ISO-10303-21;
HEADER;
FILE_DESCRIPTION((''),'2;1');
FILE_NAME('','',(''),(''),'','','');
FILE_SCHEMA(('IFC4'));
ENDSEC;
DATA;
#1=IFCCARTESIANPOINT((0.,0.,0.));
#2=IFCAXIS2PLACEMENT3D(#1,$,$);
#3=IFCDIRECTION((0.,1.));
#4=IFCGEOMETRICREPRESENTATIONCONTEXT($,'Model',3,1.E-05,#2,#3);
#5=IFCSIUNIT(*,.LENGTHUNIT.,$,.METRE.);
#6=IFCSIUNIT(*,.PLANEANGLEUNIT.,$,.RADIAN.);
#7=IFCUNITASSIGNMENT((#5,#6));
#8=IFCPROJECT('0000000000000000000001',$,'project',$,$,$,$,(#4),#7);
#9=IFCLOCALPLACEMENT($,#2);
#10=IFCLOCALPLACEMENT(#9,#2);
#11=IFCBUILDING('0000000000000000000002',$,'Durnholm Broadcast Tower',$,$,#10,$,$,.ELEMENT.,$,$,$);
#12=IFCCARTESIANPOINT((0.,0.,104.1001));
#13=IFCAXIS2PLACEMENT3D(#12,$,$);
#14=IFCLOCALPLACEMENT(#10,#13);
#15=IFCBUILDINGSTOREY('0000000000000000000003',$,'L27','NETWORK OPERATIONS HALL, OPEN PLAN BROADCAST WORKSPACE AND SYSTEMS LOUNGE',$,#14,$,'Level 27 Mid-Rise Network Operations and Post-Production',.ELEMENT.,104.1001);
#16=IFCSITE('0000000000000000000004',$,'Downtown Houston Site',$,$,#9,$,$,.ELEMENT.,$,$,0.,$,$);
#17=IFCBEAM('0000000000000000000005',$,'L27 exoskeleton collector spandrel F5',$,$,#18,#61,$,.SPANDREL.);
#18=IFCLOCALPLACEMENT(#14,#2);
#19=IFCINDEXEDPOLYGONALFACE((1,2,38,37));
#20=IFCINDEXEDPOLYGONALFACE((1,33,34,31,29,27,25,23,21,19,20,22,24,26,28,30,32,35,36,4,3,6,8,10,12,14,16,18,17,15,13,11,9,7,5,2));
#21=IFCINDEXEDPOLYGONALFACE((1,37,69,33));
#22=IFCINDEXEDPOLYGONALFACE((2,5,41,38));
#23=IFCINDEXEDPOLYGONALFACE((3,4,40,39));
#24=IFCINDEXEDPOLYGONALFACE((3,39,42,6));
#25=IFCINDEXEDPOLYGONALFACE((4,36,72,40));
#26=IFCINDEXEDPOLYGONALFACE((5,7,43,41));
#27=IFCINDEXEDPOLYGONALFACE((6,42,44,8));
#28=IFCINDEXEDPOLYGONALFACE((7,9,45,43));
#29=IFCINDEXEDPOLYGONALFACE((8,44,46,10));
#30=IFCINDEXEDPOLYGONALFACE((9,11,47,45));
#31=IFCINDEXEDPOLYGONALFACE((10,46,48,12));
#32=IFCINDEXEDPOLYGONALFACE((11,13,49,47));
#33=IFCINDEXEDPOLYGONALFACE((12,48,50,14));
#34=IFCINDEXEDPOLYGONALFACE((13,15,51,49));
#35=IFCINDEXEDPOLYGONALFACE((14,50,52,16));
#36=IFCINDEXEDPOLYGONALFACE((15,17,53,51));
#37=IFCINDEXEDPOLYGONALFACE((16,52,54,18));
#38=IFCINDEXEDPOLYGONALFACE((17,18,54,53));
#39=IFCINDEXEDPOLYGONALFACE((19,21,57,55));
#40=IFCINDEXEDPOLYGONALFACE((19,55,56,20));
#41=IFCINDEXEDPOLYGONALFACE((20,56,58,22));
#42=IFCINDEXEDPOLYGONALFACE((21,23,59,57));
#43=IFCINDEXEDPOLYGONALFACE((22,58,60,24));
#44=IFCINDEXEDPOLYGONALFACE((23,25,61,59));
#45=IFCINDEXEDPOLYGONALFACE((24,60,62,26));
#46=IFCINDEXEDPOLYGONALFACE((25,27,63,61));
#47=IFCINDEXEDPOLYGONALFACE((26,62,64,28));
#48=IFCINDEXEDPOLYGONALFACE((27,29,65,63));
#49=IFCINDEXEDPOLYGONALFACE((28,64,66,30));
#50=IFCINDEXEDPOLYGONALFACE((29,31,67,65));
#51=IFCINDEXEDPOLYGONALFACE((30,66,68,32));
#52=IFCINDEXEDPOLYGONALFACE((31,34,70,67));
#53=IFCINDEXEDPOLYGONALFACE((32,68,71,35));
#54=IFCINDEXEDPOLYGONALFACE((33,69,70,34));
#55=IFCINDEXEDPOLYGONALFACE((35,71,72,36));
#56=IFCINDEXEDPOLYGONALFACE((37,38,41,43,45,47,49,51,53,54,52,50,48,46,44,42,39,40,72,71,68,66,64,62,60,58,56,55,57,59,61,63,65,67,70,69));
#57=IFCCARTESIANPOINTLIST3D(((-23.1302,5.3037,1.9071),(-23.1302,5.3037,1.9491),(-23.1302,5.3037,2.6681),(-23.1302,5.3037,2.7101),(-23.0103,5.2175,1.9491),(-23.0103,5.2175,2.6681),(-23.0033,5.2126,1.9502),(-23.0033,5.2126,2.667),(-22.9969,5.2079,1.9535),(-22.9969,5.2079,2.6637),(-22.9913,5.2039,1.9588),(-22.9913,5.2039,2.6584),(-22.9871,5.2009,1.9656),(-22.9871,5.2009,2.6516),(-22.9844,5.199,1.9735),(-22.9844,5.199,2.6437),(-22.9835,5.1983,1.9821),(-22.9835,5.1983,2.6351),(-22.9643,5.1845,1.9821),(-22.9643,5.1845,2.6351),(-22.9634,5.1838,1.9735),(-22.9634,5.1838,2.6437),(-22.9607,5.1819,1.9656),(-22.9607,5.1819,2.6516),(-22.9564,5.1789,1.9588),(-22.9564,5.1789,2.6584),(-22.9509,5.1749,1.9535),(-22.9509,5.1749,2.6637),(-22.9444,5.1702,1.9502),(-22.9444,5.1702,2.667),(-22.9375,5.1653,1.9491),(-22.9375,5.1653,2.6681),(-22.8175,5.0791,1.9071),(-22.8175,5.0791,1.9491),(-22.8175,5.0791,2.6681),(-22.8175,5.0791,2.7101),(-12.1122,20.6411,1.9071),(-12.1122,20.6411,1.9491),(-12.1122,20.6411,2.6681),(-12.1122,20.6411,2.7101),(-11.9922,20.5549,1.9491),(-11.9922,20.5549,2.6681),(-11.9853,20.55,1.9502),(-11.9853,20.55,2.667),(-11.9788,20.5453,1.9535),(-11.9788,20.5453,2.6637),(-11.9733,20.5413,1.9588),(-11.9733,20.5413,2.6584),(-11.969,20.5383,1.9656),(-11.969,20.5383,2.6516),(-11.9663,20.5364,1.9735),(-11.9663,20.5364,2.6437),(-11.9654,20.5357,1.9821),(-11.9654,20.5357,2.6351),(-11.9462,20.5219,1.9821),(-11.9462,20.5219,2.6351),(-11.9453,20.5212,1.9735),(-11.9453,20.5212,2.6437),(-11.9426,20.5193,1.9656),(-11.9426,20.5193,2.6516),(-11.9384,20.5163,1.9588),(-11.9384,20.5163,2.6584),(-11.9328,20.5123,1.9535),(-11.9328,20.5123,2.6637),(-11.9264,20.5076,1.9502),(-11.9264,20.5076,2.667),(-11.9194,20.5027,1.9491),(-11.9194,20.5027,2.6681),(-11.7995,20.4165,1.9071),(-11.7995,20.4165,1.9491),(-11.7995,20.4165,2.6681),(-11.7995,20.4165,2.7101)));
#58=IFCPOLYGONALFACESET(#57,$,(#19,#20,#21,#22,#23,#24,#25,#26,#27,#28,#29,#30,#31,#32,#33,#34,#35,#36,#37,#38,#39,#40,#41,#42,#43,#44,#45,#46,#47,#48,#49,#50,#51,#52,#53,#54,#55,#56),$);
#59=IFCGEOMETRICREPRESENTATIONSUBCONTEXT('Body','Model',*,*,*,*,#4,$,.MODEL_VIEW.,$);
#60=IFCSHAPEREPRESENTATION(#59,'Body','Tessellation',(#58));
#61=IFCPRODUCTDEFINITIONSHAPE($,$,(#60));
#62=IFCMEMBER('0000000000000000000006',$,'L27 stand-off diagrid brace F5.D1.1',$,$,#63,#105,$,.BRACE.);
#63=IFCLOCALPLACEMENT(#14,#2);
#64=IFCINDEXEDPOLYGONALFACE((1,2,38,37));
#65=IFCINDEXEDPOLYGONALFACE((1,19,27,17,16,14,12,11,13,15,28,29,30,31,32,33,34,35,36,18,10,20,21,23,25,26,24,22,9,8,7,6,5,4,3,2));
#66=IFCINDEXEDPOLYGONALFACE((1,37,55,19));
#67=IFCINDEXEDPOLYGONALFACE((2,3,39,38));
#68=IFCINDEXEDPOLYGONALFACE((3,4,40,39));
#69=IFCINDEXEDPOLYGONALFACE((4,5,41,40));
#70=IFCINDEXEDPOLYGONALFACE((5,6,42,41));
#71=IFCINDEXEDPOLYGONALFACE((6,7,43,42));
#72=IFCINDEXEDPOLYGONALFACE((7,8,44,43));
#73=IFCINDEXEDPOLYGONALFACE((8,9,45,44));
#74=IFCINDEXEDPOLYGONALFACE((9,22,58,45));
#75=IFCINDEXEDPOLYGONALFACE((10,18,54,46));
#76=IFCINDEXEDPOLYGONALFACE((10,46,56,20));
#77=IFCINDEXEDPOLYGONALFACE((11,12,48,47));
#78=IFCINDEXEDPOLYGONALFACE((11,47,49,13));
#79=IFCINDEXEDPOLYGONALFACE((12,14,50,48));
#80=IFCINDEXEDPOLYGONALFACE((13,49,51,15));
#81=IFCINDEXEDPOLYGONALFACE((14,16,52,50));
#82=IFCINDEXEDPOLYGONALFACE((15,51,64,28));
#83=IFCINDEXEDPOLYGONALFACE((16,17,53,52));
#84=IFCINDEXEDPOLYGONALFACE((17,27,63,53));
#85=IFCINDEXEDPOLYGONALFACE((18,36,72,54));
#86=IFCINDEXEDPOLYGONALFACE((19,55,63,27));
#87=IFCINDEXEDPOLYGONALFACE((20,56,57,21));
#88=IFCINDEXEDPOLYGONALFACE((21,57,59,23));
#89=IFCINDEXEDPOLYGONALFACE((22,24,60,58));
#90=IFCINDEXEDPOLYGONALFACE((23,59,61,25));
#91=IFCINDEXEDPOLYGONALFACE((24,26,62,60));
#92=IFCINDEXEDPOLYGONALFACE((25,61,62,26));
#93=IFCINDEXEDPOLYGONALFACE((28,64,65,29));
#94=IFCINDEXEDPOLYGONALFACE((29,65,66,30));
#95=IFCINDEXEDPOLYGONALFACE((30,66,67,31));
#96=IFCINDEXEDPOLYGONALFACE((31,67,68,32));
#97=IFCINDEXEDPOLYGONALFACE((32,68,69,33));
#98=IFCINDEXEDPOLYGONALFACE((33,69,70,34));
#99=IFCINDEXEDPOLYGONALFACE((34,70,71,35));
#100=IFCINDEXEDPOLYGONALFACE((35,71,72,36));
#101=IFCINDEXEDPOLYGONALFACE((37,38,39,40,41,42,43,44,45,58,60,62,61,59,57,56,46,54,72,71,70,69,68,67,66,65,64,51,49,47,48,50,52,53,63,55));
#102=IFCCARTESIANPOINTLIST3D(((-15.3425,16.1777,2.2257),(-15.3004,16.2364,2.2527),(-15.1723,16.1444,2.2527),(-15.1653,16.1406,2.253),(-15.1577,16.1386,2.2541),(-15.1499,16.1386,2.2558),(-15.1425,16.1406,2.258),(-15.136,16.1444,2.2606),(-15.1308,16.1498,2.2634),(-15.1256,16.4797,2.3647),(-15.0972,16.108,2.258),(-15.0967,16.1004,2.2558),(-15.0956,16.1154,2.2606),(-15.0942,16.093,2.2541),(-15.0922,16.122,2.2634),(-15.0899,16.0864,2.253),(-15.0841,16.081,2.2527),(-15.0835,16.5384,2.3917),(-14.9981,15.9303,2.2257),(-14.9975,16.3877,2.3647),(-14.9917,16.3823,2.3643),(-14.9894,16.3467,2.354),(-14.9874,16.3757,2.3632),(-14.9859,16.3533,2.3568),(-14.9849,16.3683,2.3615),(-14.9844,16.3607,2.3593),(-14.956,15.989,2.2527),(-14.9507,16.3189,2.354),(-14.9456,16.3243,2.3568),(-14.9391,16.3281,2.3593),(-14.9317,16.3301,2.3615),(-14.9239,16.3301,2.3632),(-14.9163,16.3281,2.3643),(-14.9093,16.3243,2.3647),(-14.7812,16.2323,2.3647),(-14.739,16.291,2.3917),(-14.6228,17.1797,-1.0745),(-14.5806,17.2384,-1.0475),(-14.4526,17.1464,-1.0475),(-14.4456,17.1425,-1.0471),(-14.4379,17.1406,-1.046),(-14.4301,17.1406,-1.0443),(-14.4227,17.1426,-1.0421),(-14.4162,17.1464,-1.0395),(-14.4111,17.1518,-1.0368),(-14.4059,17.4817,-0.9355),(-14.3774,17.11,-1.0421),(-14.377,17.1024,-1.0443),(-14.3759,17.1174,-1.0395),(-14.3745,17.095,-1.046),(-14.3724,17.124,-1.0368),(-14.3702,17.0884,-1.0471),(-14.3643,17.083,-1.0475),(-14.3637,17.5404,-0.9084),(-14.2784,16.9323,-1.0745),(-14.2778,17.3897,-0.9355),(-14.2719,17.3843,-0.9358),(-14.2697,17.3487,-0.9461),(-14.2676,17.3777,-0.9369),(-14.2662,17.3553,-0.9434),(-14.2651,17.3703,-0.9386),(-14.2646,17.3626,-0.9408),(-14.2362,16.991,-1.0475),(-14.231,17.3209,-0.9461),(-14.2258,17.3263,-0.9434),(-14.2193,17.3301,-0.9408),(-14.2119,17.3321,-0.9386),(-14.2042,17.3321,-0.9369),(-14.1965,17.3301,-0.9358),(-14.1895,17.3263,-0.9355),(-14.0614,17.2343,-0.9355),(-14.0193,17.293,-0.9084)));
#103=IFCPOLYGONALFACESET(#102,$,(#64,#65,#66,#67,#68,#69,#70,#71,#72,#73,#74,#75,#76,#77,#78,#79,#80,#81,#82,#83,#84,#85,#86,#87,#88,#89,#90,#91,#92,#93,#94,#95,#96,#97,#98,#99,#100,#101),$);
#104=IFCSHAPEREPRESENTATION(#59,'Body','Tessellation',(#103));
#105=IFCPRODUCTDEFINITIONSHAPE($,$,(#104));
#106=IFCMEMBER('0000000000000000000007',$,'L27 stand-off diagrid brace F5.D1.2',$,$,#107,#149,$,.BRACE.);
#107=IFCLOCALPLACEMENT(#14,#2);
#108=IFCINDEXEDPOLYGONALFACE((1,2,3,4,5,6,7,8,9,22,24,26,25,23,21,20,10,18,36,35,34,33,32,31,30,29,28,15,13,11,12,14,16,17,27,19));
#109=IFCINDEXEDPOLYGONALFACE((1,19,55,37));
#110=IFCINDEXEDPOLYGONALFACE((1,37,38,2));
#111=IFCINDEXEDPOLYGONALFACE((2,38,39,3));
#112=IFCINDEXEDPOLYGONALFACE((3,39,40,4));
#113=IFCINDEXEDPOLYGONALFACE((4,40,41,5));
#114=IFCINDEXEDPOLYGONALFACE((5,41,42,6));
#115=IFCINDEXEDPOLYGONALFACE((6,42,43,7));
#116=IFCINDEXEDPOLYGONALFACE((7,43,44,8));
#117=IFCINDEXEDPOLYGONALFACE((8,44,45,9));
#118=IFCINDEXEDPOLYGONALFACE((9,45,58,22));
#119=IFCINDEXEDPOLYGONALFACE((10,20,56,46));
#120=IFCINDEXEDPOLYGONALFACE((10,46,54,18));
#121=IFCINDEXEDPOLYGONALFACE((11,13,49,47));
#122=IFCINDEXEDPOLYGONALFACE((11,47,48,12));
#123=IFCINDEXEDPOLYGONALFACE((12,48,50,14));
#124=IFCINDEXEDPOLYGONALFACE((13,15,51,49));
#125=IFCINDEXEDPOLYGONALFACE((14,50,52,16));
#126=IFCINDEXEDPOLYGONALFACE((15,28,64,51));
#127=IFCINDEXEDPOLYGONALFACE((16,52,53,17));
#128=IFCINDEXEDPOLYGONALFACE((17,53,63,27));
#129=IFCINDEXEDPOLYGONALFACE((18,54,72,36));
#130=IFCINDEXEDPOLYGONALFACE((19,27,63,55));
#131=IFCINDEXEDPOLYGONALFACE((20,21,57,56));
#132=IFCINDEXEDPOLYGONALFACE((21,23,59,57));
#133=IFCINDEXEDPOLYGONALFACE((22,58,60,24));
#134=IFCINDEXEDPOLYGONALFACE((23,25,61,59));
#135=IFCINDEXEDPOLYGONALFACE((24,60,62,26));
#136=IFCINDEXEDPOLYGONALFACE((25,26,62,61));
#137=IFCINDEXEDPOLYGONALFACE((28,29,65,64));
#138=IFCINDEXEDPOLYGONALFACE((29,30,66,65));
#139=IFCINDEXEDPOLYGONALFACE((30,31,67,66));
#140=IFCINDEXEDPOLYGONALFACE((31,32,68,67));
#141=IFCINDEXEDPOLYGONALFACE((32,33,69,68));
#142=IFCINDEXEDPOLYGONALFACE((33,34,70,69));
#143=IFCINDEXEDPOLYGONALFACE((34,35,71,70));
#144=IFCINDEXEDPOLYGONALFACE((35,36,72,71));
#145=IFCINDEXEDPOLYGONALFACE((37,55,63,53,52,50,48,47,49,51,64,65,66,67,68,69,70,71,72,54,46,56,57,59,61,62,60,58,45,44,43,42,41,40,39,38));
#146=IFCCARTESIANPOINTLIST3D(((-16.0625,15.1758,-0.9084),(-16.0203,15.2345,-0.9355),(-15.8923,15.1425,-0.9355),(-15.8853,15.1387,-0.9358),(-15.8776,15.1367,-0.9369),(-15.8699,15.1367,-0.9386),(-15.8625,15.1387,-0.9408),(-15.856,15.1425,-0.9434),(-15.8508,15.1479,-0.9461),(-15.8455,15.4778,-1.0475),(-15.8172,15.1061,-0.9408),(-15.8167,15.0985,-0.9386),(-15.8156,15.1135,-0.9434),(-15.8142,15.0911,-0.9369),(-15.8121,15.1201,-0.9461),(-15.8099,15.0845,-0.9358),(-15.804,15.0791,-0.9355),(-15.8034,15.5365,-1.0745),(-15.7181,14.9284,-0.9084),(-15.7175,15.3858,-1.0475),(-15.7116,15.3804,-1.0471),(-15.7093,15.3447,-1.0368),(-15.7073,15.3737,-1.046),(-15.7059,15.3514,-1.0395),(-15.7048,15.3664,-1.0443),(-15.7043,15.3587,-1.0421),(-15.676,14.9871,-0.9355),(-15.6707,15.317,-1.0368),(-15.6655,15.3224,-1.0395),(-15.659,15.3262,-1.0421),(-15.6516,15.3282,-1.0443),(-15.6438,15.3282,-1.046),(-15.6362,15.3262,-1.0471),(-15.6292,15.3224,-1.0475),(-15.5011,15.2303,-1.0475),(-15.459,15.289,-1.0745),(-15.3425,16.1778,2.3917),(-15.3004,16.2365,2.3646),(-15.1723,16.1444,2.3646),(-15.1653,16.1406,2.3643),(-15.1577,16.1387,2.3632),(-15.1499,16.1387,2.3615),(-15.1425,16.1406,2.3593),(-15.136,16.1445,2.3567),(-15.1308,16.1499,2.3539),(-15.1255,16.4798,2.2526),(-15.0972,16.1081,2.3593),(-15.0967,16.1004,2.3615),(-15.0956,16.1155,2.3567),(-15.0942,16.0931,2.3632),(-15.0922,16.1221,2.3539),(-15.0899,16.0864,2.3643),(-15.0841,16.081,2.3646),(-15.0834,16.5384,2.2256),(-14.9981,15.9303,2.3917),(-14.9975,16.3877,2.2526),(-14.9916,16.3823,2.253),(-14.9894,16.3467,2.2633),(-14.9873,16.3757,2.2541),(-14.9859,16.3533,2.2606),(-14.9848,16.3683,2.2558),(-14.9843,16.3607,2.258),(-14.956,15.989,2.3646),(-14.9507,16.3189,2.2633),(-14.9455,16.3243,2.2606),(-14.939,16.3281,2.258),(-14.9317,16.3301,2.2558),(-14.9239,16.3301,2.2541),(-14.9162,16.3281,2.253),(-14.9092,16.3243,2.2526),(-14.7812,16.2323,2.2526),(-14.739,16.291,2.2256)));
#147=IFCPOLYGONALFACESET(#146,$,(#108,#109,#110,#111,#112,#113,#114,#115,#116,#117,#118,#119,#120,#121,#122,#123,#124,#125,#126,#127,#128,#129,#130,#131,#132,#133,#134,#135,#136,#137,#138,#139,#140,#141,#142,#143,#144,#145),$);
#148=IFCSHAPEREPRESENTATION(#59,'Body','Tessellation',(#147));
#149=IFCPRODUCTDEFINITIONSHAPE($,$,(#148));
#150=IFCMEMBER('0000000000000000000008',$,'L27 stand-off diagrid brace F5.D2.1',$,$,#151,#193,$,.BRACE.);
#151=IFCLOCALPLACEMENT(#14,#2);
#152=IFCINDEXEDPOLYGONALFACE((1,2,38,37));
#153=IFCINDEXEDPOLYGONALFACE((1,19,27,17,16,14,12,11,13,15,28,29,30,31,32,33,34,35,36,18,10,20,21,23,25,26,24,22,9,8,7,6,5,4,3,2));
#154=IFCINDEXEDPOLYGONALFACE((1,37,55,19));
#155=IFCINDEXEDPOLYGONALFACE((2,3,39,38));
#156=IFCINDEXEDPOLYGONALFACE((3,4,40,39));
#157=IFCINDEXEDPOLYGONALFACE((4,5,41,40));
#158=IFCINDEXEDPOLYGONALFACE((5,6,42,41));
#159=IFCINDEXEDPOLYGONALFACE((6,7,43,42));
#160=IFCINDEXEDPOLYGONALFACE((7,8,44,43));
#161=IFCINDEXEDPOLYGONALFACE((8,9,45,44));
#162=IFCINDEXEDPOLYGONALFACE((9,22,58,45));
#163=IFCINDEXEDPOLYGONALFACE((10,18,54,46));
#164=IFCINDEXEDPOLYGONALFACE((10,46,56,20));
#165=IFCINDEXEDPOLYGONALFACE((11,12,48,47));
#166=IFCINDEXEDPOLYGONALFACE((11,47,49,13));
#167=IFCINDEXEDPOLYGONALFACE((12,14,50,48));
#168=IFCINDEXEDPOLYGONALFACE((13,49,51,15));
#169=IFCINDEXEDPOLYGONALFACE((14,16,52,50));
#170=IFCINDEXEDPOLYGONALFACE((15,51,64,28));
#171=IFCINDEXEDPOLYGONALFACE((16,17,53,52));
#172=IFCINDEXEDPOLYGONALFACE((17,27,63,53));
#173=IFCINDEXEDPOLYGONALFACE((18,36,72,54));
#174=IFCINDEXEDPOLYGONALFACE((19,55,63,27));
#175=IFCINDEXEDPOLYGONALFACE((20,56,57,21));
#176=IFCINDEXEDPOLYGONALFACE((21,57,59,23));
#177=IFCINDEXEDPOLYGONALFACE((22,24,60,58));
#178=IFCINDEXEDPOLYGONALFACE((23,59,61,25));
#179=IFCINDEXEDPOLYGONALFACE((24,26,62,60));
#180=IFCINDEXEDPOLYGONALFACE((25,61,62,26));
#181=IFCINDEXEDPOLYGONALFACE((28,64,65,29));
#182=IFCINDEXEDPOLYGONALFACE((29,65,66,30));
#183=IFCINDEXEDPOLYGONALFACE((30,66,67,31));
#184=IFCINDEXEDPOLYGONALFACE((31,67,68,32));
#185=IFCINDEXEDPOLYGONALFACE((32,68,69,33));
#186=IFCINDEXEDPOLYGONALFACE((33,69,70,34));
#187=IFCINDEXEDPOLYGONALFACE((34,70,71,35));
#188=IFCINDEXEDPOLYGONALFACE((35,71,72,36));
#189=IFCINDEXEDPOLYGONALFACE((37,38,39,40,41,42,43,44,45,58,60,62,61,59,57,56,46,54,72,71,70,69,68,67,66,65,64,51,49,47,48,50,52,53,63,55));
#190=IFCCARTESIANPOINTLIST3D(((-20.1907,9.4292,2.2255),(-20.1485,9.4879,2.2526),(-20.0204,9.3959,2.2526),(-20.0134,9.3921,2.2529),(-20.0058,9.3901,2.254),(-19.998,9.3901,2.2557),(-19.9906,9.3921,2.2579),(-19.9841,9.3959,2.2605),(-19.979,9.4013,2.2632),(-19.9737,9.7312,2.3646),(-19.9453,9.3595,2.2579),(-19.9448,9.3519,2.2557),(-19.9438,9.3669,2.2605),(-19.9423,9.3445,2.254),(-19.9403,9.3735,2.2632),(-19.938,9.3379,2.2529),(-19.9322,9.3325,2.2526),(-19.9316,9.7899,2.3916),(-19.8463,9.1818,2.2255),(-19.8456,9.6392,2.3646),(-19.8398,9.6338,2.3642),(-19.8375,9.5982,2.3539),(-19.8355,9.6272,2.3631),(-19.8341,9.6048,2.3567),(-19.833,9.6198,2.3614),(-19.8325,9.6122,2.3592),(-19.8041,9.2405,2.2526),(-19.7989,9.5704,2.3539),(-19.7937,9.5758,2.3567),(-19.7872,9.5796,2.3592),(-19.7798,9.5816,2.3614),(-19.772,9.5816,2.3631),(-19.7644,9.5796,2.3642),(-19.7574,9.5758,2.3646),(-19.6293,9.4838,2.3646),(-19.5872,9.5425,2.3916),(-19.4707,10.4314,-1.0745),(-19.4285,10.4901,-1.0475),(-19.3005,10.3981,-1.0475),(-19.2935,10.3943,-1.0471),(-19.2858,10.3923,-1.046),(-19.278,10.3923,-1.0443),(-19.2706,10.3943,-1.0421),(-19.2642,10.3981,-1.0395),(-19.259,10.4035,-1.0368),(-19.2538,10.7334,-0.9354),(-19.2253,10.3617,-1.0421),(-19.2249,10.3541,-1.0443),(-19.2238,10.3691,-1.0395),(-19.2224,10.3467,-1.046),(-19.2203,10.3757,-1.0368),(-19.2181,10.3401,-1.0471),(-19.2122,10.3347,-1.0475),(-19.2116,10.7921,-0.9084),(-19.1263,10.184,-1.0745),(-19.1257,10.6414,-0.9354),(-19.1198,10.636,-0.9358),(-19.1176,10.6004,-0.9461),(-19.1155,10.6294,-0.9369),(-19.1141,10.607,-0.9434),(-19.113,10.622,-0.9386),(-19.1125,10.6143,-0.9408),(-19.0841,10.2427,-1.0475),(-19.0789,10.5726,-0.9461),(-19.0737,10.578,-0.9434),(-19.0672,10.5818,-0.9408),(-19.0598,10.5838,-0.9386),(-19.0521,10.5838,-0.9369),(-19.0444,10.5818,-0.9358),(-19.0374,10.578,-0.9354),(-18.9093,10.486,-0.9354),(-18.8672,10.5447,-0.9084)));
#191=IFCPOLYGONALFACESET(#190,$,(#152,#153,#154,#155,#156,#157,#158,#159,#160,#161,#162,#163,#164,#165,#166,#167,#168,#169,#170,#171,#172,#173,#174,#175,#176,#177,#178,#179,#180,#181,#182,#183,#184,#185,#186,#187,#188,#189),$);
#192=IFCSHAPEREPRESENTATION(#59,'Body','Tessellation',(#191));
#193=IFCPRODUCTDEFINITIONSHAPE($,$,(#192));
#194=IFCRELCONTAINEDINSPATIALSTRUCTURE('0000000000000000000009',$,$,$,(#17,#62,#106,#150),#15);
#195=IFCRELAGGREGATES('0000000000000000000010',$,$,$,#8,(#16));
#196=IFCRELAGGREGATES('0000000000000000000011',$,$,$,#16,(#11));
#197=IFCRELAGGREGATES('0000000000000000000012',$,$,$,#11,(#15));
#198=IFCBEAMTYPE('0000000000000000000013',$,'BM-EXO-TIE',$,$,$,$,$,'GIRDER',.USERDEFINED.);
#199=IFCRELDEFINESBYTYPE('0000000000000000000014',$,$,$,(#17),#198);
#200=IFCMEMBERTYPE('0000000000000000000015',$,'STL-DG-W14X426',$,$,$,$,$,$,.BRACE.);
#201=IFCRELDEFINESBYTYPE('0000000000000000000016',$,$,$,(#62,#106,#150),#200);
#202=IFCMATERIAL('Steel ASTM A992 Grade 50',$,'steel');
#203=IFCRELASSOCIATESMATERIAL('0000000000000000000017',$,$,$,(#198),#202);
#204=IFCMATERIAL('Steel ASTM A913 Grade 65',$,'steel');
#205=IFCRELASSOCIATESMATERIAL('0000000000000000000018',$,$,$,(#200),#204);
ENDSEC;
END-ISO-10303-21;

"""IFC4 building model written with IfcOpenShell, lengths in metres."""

from ifc_helpers import new_model, si_unit, direction, frame, origin, origin_2d, place, context, subcontext, project, spatial, i_section, extrude, source, transform, mapped, material, material_profile, profile_set, type_object, type_shapes, element, save


model = new_model("IFC4")

# Units and contexts
model_context = context("Model", 3, precision=1e-05, world=origin(), true_north=direction((0.0, 1.0)))
body_context = subcontext(model_context, "Body", "Model", "MODEL_VIEW")
ifc_project = project(units=[si_unit("LENGTHUNIT", "METRE"), si_unit("PLANEANGLEUNIT", "RADIAN")], contexts=[model_context])

# Site, building, storey
site_placement = place(None, origin())
site = spatial("IfcSite", under=ifc_project, at=site_placement, Name="Downtown Houston Site", CompositionType="ELEMENT", RefElevation=0.0)
building_placement = place(site_placement, origin())
building = spatial("IfcBuilding", under=site, at=building_placement, Name="Durnholm Broadcast Tower", CompositionType="ELEMENT")
storey_placement = place(building_placement, frame((0.0, 0.0, 104.1001)))
storey = spatial("IfcBuildingStorey", under=building, at=storey_placement, Name="L27", Description="NETWORK OPERATIONS HALL, OPEN PLAN BROADCAST WORKSPACE AND SYSTEMS LOUNGE", LongName="Level 27 Mid-Rise Network Operations and Post-Production", CompositionType="ELEMENT", Elevation=104.1001)

# Beam
ifc_material_1 = material(Name="Steel ASTM A992 Grade 50", Category="steel")
ifc_material_profile_1 = material_profile(ifc_material_1, i_section(OverallWidth=0.385, OverallDepth=0.803, WebThickness=0.0237, FlangeThickness=0.042, FilletRadius=0.033, at=origin_2d()), Name="W30X261")
ifc_profile_set_1 = profile_set([ifc_material_profile_1], Name="Steel ASTM A992 Grade 50")
beam_type_1 = type_object("IfcBeamType", Name="BM-EXO-TIE", ElementType="GIRDER", PredefinedType="USERDEFINED", material=ifc_profile_set_1)
shared_shape_1 = source(origin(), body_context, "Body", "SweptSolid", [
    extrude(i_section(OverallWidth=0.385, OverallDepth=0.803, WebThickness=0.0237, FlangeThickness=0.042, FilletRadius=0.033, at=origin_2d()), origin(), (0.0, 0.0, 1.0), 18.8848),
])
beam_1_placement = place(storey_placement, frame((-11.9558, 20.5288, 2.3086), z_axis=(-0.583437, -0.812158, 0.0), x_axis=(0.812158, -0.583437, 0.0)))
element("IfcBeam", 1, at=beam_1_placement, inside=storey, type_object=beam_type_1, Name="L27 exoskeleton collector spandrel F5", PredefinedType="SPANDREL", context=body_context, shape_type="MappedRepresentation", body=[
    mapped(shared_shape_1, transform((0.0, 0.0, 0.0), x_axis=(1.0, 0.0, 0.0), y_axis=(0.0, 1.0, 0.0), z_axis=(0.0, 0.0, 1.0), scale=1.0)),
])

# Members
ifc_material_2 = material(Name="Steel ASTM A913 Grade 65", Category="steel")
ifc_material_profile_2 = material_profile(ifc_material_2, i_section(OverallWidth=0.4241, OverallDepth=0.4741, WebThickness=0.0476, FlangeThickness=0.0771, FilletRadius=0.0305, at=origin_2d()), Name="W14X426")
ifc_profile_set_2 = profile_set([ifc_material_profile_2], Name="Steel ASTM A913 Grade 65")
member_type_1 = type_object("IfcMemberType", Name="STL-DG-W14X426", PredefinedType="BRACE", material=ifc_profile_set_2)
shared_shape_2 = source(origin(), body_context, "Body", "SweptSolid", [
    extrude(i_section(OverallWidth=0.4241, OverallDepth=0.4741, WebThickness=0.0476, FlangeThickness=0.0771, FilletRadius=0.0305, at=origin_2d()), origin(), (0.0, 0.0, 1.0), 3.5232),
])
type_shapes(member_type_1, [shared_shape_2])
for number, where, z_axis, x_axis, name in (
    (2, (-14.321, 17.2363, -0.9915), (-0.204288, -0.284395, 0.936689), (0.812179, -0.583408, 0.0), "L27 stand-off diagrid brace F5.D1.1"),
    (3, (-15.7607, 15.2324, -0.9915), (0.204354, 0.284391, 0.936675), (-0.812086, 0.583538, 0.0), "L27 stand-off diagrid brace F5.D1.2"),
    (4, (-19.1689, 10.488, -0.9915), (-0.20435, -0.284455, 0.936657), (0.812153, -0.583444, 0.0), "L27 stand-off diagrid brace F5.D2.1"),
):
    element("IfcMember", number, at=place(storey_placement, frame(where, z_axis=z_axis, x_axis=x_axis)), inside=storey, type_object=member_type_1, Name=name, PredefinedType="BRACE", context=body_context, shape_type="MappedRepresentation", body=[
        mapped(shared_shape_2, transform((0.0, 0.0, 0.0), x_axis=(1.0, 0.0, 0.0), y_axis=(0.0, 1.0, 0.0), z_axis=(0.0, 0.0, 1.0), scale=1.0)),
    ])

save(model, "model.ifc")
